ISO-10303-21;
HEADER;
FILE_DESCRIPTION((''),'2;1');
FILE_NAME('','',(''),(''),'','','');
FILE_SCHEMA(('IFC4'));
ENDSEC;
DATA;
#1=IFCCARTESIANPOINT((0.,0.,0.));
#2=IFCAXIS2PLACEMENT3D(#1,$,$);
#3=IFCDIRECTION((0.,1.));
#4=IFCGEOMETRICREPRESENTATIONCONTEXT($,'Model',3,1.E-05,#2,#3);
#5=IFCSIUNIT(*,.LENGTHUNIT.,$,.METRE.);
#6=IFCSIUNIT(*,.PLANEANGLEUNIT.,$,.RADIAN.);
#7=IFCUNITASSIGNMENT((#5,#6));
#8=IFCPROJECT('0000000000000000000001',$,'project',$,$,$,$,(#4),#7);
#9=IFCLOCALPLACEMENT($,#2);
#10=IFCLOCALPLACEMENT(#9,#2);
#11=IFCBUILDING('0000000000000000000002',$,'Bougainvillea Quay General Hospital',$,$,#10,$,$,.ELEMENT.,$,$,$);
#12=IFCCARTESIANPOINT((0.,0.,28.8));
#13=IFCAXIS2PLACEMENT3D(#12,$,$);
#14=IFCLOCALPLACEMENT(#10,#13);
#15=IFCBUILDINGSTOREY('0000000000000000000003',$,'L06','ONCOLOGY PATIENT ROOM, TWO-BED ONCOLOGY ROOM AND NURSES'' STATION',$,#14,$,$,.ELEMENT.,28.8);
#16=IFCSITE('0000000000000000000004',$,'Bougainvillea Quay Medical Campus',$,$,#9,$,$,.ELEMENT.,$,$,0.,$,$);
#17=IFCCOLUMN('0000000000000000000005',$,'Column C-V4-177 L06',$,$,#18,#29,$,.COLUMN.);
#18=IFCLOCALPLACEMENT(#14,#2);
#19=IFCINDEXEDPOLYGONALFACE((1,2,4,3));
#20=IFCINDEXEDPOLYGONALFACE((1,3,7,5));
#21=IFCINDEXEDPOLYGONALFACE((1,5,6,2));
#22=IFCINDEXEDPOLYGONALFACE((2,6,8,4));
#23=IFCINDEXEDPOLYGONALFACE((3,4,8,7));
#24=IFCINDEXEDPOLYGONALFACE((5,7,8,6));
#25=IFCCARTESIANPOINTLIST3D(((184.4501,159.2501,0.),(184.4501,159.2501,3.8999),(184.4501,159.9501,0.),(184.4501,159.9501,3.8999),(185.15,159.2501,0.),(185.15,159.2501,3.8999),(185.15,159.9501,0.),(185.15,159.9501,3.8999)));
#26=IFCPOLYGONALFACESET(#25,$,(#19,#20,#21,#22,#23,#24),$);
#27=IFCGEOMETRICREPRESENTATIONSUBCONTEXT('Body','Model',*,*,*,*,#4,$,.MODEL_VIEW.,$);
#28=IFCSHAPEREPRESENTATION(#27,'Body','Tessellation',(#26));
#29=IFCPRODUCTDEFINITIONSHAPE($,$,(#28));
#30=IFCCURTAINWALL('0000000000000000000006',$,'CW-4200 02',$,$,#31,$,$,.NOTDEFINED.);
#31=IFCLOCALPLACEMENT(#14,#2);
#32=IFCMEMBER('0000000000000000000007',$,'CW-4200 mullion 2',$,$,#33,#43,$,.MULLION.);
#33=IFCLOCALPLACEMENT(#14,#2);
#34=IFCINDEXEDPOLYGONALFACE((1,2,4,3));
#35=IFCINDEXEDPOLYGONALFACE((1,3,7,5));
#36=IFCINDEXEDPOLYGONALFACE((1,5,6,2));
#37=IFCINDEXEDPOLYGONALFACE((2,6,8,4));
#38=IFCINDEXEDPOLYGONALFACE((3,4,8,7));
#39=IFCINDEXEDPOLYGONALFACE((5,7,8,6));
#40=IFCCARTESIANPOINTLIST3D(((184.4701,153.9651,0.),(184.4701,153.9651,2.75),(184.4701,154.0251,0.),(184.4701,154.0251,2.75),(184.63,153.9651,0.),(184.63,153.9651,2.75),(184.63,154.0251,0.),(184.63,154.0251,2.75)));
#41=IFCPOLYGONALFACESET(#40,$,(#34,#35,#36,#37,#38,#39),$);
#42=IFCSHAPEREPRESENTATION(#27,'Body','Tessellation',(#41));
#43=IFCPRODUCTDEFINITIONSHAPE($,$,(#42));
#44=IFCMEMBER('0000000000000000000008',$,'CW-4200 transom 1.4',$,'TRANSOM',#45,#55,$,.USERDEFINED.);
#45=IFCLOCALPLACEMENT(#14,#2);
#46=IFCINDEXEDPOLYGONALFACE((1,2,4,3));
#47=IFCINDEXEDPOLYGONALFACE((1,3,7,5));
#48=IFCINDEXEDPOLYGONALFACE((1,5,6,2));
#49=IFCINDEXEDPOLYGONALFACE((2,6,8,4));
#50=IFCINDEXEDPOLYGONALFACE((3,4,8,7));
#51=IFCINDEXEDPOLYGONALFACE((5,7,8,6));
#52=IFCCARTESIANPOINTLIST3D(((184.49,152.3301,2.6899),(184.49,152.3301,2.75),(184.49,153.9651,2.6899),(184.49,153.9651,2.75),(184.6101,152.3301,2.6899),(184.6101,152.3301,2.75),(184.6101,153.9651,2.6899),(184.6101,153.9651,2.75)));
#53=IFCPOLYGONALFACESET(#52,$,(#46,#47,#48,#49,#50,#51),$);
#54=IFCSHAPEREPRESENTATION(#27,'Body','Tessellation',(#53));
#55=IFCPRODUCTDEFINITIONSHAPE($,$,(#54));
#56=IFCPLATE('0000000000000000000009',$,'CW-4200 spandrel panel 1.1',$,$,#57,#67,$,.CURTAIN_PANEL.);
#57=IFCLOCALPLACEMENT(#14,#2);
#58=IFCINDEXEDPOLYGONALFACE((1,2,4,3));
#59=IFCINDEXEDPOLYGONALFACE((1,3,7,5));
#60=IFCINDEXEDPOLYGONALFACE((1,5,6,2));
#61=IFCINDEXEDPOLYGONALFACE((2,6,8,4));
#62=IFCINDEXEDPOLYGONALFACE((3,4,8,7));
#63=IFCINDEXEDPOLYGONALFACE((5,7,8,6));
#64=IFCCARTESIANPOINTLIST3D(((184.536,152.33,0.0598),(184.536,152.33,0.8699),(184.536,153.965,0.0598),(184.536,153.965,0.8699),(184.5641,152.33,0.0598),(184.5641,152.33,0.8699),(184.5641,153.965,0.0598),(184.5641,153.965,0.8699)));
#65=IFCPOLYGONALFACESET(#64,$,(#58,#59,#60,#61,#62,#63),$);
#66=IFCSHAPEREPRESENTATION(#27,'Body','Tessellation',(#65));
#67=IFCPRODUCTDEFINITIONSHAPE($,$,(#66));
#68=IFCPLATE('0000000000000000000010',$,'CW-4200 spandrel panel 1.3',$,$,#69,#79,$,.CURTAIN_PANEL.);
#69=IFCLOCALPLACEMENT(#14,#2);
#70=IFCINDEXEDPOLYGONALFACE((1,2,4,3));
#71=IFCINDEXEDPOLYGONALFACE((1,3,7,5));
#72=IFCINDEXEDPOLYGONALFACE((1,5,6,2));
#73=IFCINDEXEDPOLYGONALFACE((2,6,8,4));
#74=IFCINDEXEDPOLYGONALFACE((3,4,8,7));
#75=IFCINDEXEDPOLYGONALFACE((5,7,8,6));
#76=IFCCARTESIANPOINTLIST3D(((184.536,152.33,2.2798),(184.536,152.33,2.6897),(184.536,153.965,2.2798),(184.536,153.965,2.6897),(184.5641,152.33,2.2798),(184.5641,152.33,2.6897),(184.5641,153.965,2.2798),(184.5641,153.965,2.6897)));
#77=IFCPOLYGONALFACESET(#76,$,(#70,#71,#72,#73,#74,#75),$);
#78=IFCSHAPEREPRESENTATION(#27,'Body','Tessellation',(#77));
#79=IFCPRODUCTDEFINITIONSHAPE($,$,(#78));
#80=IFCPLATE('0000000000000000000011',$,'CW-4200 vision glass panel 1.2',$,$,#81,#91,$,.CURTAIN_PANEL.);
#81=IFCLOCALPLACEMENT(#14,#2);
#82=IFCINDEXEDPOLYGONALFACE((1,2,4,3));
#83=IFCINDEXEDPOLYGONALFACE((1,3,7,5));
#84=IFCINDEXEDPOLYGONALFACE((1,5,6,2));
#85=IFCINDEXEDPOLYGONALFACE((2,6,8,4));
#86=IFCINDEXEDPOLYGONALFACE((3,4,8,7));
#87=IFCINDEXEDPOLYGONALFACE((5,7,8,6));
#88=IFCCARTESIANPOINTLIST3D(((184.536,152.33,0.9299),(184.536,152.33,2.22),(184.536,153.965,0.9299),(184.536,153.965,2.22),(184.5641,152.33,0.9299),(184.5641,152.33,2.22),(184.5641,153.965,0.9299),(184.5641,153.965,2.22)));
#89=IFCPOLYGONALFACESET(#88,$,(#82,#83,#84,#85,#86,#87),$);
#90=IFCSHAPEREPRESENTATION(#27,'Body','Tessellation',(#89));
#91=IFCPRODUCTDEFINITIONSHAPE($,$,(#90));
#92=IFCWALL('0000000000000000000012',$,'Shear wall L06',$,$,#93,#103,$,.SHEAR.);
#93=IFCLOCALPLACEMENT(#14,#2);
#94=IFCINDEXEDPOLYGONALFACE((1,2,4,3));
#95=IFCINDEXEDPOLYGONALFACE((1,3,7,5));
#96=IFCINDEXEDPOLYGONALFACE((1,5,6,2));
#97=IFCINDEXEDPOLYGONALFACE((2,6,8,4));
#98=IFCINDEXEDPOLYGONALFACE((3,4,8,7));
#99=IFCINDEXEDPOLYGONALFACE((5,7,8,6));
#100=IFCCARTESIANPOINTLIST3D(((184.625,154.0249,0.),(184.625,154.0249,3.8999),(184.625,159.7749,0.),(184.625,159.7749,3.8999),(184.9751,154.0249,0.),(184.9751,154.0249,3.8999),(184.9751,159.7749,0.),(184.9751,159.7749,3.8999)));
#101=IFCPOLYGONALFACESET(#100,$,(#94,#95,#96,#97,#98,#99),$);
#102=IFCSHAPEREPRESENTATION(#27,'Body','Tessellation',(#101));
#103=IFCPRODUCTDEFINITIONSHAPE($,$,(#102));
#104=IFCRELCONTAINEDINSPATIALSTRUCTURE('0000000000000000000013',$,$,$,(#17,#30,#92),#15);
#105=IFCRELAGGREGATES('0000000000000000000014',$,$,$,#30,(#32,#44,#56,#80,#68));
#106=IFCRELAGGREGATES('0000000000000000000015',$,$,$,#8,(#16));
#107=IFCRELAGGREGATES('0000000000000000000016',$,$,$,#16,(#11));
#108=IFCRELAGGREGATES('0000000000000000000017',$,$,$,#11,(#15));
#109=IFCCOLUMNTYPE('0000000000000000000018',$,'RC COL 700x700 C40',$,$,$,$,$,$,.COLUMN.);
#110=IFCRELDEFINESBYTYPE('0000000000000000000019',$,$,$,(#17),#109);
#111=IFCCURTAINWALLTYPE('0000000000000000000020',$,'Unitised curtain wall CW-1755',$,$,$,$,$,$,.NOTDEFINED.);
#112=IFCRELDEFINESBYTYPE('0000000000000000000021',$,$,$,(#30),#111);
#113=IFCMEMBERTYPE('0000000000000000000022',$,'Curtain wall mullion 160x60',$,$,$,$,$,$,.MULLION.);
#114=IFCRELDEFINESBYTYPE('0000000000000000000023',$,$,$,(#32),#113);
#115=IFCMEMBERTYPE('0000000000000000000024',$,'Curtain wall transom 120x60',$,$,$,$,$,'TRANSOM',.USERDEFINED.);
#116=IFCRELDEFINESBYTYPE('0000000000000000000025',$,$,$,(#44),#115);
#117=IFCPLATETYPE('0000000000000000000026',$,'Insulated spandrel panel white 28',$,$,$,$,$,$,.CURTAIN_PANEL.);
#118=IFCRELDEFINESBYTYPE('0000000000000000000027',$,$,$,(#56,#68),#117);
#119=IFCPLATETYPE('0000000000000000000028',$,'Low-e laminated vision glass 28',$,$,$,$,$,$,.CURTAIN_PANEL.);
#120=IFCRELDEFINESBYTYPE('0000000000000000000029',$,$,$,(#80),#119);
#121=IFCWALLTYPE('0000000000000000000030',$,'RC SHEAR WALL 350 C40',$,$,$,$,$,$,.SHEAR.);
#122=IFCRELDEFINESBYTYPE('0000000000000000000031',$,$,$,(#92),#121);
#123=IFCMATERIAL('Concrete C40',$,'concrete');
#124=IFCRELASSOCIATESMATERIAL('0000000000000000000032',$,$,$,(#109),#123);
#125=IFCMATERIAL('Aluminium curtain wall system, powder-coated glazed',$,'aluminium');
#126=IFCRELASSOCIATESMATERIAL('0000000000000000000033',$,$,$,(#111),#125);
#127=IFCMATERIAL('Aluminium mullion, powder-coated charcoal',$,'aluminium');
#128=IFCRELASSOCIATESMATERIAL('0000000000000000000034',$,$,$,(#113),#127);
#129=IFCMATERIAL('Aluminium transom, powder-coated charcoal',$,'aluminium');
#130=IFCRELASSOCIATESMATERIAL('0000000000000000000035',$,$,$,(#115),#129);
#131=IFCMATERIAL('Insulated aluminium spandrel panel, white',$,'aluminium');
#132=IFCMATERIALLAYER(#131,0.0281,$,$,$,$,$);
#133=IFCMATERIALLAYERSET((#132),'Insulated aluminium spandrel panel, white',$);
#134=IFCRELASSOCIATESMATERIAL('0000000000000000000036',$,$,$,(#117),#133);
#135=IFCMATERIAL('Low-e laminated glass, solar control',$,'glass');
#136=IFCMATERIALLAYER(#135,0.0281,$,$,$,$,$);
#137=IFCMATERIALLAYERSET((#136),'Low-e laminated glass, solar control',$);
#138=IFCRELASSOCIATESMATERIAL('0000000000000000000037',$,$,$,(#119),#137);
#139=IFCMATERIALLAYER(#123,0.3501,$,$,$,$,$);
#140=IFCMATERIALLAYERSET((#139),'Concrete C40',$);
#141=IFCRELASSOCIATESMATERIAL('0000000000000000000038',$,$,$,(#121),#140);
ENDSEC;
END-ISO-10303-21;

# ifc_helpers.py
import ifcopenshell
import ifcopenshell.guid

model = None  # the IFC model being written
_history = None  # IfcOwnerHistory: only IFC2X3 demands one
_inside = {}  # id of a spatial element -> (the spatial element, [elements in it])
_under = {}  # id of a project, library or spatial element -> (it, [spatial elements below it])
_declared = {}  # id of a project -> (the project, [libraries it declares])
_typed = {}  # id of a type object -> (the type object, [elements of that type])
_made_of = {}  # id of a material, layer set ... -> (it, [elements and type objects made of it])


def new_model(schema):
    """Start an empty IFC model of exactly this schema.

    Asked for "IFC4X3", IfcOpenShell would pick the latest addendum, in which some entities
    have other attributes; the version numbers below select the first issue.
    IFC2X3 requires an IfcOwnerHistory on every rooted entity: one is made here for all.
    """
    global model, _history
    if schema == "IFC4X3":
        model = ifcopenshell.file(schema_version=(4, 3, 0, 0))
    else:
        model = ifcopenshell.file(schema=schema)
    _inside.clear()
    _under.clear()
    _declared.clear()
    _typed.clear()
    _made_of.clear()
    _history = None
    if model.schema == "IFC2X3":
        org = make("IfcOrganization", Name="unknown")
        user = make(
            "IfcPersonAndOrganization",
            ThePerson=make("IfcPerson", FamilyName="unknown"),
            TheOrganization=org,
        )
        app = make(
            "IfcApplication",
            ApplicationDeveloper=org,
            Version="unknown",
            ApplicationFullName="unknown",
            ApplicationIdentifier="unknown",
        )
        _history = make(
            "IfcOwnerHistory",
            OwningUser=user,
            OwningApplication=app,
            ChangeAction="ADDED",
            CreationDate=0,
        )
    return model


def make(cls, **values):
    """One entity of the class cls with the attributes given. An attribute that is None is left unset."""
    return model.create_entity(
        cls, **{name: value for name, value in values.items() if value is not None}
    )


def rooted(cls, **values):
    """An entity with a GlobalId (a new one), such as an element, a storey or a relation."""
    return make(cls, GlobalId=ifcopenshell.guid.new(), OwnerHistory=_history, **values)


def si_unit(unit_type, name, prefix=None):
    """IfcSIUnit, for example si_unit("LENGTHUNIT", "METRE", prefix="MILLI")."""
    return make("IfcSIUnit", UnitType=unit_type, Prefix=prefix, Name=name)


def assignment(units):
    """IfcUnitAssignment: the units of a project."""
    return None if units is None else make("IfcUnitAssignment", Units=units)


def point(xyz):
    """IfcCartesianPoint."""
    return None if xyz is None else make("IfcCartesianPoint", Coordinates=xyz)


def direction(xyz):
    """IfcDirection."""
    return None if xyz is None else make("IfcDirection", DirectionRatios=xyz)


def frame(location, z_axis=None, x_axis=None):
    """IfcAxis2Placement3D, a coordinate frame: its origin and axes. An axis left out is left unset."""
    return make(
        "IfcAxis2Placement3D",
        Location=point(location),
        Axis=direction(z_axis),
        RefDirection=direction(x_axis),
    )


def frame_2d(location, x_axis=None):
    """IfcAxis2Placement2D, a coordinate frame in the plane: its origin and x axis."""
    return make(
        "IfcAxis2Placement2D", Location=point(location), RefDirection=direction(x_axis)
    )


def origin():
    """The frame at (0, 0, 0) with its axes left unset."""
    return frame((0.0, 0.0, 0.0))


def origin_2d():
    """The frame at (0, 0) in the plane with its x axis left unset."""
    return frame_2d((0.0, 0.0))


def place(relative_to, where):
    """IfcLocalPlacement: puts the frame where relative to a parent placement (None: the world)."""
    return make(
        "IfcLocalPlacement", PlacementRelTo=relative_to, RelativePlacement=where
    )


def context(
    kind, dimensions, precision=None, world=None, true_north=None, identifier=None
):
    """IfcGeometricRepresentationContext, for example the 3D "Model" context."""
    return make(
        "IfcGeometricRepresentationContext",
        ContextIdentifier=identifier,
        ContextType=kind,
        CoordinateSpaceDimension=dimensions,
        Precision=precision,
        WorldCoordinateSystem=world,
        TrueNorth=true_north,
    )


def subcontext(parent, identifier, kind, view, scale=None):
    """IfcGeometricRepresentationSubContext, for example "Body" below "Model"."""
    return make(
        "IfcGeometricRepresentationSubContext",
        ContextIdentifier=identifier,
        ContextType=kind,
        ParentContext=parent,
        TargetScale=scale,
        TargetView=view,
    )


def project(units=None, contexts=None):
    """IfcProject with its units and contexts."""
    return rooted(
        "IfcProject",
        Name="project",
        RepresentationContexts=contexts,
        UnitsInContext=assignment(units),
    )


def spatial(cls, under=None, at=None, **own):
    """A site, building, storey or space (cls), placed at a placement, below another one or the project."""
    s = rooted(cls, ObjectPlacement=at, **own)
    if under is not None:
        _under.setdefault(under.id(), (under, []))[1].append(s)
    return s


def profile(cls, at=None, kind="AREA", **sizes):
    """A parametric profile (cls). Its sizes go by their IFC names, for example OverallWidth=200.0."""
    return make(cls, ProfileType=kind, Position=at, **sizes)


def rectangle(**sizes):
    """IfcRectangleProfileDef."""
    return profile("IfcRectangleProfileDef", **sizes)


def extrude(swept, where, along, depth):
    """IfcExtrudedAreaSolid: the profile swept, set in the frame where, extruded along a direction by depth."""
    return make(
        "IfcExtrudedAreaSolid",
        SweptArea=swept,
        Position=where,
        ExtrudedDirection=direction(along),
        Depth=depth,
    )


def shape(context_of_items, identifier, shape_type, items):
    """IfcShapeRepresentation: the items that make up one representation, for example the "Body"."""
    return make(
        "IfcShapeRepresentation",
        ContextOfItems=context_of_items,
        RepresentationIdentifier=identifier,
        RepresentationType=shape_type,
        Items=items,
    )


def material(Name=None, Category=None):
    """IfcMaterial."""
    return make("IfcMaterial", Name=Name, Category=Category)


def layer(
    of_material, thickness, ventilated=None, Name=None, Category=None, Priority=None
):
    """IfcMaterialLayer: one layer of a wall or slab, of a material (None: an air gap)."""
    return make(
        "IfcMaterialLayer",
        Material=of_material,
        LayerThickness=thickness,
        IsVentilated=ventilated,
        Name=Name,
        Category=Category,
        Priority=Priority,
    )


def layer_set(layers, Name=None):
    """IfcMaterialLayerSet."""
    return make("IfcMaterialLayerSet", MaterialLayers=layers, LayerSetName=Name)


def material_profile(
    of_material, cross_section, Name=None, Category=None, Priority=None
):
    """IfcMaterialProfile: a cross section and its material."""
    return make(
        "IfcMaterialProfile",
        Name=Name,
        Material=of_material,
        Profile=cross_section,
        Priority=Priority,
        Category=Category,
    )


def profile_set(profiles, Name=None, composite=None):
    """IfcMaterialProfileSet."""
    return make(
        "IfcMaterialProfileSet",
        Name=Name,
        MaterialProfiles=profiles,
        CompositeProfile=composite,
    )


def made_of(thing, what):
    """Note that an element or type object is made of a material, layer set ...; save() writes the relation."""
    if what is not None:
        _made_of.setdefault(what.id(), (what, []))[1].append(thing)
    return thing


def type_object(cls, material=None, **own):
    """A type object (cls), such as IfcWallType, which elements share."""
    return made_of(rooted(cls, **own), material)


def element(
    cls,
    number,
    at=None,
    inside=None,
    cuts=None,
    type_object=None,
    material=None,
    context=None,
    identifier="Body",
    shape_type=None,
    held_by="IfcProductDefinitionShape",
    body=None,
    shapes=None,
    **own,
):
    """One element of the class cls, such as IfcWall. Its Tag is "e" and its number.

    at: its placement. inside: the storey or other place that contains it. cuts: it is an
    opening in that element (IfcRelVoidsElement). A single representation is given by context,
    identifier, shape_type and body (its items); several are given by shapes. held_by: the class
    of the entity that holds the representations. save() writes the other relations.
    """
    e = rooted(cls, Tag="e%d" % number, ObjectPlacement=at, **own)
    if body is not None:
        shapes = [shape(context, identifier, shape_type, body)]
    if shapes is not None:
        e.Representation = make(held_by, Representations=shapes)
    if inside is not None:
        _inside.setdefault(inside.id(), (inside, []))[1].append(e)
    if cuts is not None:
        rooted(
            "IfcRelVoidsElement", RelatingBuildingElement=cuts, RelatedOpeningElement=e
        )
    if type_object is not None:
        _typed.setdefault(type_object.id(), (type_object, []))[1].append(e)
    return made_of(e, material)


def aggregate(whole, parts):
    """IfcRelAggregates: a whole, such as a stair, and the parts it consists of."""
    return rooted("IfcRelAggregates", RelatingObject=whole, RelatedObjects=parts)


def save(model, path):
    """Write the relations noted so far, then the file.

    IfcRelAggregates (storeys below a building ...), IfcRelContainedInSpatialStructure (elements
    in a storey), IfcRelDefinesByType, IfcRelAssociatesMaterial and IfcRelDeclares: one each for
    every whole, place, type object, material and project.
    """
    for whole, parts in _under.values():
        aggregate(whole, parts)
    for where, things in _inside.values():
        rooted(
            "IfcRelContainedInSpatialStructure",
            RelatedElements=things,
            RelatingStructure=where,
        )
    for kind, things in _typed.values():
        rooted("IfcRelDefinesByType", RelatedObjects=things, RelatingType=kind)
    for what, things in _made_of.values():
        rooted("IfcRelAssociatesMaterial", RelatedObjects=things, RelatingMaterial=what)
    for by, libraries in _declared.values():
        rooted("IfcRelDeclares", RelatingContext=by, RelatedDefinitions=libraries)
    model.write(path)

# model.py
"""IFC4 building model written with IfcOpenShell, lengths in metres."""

from ifc_helpers import new_model, si_unit, direction, frame, frame_2d, origin, origin_2d, place, context, subcontext, project, spatial, rectangle, extrude, material, layer, layer_set, material_profile, profile_set, type_object, element, aggregate, save


model = new_model("IFC4")

# Units and contexts
model_context = context("Model", 3, precision=1e-05, world=origin(), true_north=direction((0.0, 1.0)))
body_context = subcontext(model_context, "Body", "Model", "MODEL_VIEW")
ifc_project = project(units=[si_unit("LENGTHUNIT", "METRE"), si_unit("PLANEANGLEUNIT", "RADIAN")], contexts=[model_context])

# Site, building, storey
site_placement = place(None, origin())
site = spatial("IfcSite", under=ifc_project, at=site_placement, Name="Bougainvillea Quay Medical Campus", CompositionType="ELEMENT", RefElevation=0.0)
building_placement = place(site_placement, origin())
building = spatial("IfcBuilding", under=site, at=building_placement, Name="Bougainvillea Quay General Hospital", CompositionType="ELEMENT")
storey_placement = place(building_placement, frame((0.0, 0.0, 28.8)))
storey = spatial("IfcBuildingStorey", under=building, at=storey_placement, Name="L06", Description="ONCOLOGY PATIENT ROOM, TWO-BED ONCOLOGY ROOM AND NURSES' STATION", CompositionType="ELEMENT", Elevation=28.8)

# Column
ifc_material_1 = material(Name="Concrete C40", Category="concrete")
ifc_material_profile_1 = material_profile(ifc_material_1, rectangle(XDim=0.7, YDim=0.7, at=origin_2d()))
ifc_profile_set_1 = profile_set([ifc_material_profile_1], Name="Concrete C40")
column_type = type_object("IfcColumnType", Name="RC COL 700x700 C40", PredefinedType="COLUMN", material=ifc_profile_set_1)
column_placement = place(storey_placement, frame((184.8, 159.6001, 0.0), z_axis=(0.0, 0.0, 1.0), x_axis=(1.0, 0.0, 0.0)))
element("IfcColumn", 1, at=column_placement, inside=storey, type_object=column_type, Name="Column C-V4-177 L06", PredefinedType="COLUMN", context=body_context, shape_type="SweptSolid", body=[
    extrude(rectangle(XDim=0.7, YDim=0.7, at=origin_2d()), origin(), (0.0, 0.0, 1.0), 3.8999),
])

# Curtain wall, members, plates
ifc_material_2 = material(Name="Aluminium curtain wall system, powder-coated glazed", Category="aluminium")
curtain_wall_type = type_object("IfcCurtainWallType", Name="Unitised curtain wall CW-1755", PredefinedType="NOTDEFINED", material=ifc_material_2)
curtain_wall_placement = place(storey_placement, origin())
curtain_wall = element("IfcCurtainWall", 2, at=curtain_wall_placement, inside=storey, type_object=curtain_wall_type, Name="CW-4200 02", PredefinedType="NOTDEFINED")
ifc_material_3 = material(Name="Aluminium mullion, powder-coated charcoal", Category="aluminium")
ifc_material_profile_2 = material_profile(ifc_material_3, rectangle(XDim=0.1599, YDim=0.0601, at=origin_2d()))
ifc_profile_set_2 = profile_set([ifc_material_profile_2], Name="Aluminium mullion, powder-coated charcoal")
member_type_1 = type_object("IfcMemberType", Name="Curtain wall mullion 160x60", PredefinedType="MULLION", material=ifc_profile_set_2)
member_1_placement = place(storey_placement, frame((184.55, 153.9951, 0.0), z_axis=(0.0, 0.0, 1.0), x_axis=(-1.0, 0.0, 0.0)))
member_1 = element("IfcMember", 3, at=member_1_placement, type_object=member_type_1, Name="CW-4200 mullion 2", PredefinedType="MULLION", context=body_context, shape_type="SweptSolid", body=[
    extrude(rectangle(XDim=0.1599, YDim=0.0601, at=origin_2d()), origin(), (0.0, 0.0, 1.0), 2.75),
])
ifc_material_4 = material(Name="Aluminium transom, powder-coated charcoal", Category="aluminium")
ifc_material_profile_3 = material_profile(ifc_material_4, rectangle(XDim=0.1201, YDim=0.0601, at=origin_2d()))
ifc_profile_set_3 = profile_set([ifc_material_profile_3], Name="Aluminium transom, powder-coated charcoal")
member_type_2 = type_object("IfcMemberType", Name="Curtain wall transom 120x60", ElementType="TRANSOM", PredefinedType="USERDEFINED", material=ifc_profile_set_3)
member_2_placement = place(storey_placement, frame((184.55, 152.3301, 2.72), z_axis=(0.0, 1.0, 0.0), x_axis=(-1.0, 0.0, 0.0)))
member_2 = element("IfcMember", 4, at=member_2_placement, type_object=member_type_2, Name="CW-4200 transom 1.4", ObjectType="TRANSOM", PredefinedType="USERDEFINED", context=body_context, shape_type="SweptSolid", body=[
    extrude(rectangle(XDim=0.1201, YDim=0.0601, at=origin_2d()), origin(), (0.0, 0.0, 1.0), 1.635),
])
ifc_material_5 = material(Name="Insulated aluminium spandrel panel, white", Category="aluminium")
ifc_layer_1 = layer(ifc_material_5, 0.0281)
ifc_layer_set_1 = layer_set([ifc_layer_1], Name="Insulated aluminium spandrel panel, white")
plate_type_1 = type_object("IfcPlateType", Name="Insulated spandrel panel white 28", PredefinedType="CURTAIN_PANEL", material=ifc_layer_set_1)
plate_1_placement = place(storey_placement, frame((184.55, 153.1475, 0.0598), z_axis=(0.0, 0.0, 1.0), x_axis=(0.0, 1.0, 0.0)))
plate_1 = element("IfcPlate", 5, at=plate_1_placement, type_object=plate_type_1, Name="CW-4200 spandrel panel 1.1", PredefinedType="CURTAIN_PANEL", context=body_context, shape_type="SweptSolid", body=[
    extrude(rectangle(XDim=1.635, YDim=0.0281, at=origin_2d()), origin(), (0.0, 0.0, 1.0), 0.8101),
])
plate_2_placement = place(storey_placement, frame((184.55, 153.1475, 2.2798), z_axis=(0.0, 0.0, 1.0), x_axis=(0.0, 1.0, 0.0)))
plate_2 = element("IfcPlate", 6, at=plate_2_placement, type_object=plate_type_1, Name="CW-4200 spandrel panel 1.3", PredefinedType="CURTAIN_PANEL", context=body_context, shape_type="SweptSolid", body=[
    extrude(rectangle(XDim=1.635, YDim=0.0281, at=origin_2d()), origin(), (0.0, 0.0, 1.0), 0.4099),
])
ifc_material_6 = material(Name="Low-e laminated glass, solar control", Category="glass")
ifc_layer_2 = layer(ifc_material_6, 0.0281)
ifc_layer_set_2 = layer_set([ifc_layer_2], Name="Low-e laminated glass, solar control")
plate_type_2 = type_object("IfcPlateType", Name="Low-e laminated vision glass 28", PredefinedType="CURTAIN_PANEL", material=ifc_layer_set_2)
plate_3_placement = place(storey_placement, frame((184.55, 153.1475, 0.9299), z_axis=(0.0, 0.0, 1.0), x_axis=(0.0, 1.0, 0.0)))
plate_3 = element("IfcPlate", 7, at=plate_3_placement, type_object=plate_type_2, Name="CW-4200 vision glass panel 1.2", PredefinedType="CURTAIN_PANEL", context=body_context, shape_type="SweptSolid", body=[
    extrude(rectangle(XDim=1.635, YDim=0.0281, at=origin_2d()), origin(), (0.0, 0.0, 1.0), 1.29),
])
aggregate(curtain_wall, [member_1, member_2, plate_1, plate_3, plate_2])

# Wall
ifc_layer_3 = layer(ifc_material_1, 0.3501)
ifc_layer_set_3 = layer_set([ifc_layer_3], Name="Concrete C40")
wall_type = type_object("IfcWallType", Name="RC SHEAR WALL 350 C40", PredefinedType="SHEAR", material=ifc_layer_set_3)
wall_placement = place(storey_placement, frame((184.8, 154.0249, 0.0), z_axis=(0.0, 0.0, 1.0), x_axis=(0.0, 1.0, 0.0)))
element("IfcWall", 8, at=wall_placement, inside=storey, type_object=wall_type, Name="Shear wall L06", PredefinedType="SHEAR", context=body_context, shape_type="SweptSolid", body=[
    extrude(rectangle(XDim=5.75, YDim=0.3501, at=frame_2d((2.875, 0.0))), origin(), (0.0, 0.0, 1.0), 3.8999),
])

save(model, "model.ifc")
